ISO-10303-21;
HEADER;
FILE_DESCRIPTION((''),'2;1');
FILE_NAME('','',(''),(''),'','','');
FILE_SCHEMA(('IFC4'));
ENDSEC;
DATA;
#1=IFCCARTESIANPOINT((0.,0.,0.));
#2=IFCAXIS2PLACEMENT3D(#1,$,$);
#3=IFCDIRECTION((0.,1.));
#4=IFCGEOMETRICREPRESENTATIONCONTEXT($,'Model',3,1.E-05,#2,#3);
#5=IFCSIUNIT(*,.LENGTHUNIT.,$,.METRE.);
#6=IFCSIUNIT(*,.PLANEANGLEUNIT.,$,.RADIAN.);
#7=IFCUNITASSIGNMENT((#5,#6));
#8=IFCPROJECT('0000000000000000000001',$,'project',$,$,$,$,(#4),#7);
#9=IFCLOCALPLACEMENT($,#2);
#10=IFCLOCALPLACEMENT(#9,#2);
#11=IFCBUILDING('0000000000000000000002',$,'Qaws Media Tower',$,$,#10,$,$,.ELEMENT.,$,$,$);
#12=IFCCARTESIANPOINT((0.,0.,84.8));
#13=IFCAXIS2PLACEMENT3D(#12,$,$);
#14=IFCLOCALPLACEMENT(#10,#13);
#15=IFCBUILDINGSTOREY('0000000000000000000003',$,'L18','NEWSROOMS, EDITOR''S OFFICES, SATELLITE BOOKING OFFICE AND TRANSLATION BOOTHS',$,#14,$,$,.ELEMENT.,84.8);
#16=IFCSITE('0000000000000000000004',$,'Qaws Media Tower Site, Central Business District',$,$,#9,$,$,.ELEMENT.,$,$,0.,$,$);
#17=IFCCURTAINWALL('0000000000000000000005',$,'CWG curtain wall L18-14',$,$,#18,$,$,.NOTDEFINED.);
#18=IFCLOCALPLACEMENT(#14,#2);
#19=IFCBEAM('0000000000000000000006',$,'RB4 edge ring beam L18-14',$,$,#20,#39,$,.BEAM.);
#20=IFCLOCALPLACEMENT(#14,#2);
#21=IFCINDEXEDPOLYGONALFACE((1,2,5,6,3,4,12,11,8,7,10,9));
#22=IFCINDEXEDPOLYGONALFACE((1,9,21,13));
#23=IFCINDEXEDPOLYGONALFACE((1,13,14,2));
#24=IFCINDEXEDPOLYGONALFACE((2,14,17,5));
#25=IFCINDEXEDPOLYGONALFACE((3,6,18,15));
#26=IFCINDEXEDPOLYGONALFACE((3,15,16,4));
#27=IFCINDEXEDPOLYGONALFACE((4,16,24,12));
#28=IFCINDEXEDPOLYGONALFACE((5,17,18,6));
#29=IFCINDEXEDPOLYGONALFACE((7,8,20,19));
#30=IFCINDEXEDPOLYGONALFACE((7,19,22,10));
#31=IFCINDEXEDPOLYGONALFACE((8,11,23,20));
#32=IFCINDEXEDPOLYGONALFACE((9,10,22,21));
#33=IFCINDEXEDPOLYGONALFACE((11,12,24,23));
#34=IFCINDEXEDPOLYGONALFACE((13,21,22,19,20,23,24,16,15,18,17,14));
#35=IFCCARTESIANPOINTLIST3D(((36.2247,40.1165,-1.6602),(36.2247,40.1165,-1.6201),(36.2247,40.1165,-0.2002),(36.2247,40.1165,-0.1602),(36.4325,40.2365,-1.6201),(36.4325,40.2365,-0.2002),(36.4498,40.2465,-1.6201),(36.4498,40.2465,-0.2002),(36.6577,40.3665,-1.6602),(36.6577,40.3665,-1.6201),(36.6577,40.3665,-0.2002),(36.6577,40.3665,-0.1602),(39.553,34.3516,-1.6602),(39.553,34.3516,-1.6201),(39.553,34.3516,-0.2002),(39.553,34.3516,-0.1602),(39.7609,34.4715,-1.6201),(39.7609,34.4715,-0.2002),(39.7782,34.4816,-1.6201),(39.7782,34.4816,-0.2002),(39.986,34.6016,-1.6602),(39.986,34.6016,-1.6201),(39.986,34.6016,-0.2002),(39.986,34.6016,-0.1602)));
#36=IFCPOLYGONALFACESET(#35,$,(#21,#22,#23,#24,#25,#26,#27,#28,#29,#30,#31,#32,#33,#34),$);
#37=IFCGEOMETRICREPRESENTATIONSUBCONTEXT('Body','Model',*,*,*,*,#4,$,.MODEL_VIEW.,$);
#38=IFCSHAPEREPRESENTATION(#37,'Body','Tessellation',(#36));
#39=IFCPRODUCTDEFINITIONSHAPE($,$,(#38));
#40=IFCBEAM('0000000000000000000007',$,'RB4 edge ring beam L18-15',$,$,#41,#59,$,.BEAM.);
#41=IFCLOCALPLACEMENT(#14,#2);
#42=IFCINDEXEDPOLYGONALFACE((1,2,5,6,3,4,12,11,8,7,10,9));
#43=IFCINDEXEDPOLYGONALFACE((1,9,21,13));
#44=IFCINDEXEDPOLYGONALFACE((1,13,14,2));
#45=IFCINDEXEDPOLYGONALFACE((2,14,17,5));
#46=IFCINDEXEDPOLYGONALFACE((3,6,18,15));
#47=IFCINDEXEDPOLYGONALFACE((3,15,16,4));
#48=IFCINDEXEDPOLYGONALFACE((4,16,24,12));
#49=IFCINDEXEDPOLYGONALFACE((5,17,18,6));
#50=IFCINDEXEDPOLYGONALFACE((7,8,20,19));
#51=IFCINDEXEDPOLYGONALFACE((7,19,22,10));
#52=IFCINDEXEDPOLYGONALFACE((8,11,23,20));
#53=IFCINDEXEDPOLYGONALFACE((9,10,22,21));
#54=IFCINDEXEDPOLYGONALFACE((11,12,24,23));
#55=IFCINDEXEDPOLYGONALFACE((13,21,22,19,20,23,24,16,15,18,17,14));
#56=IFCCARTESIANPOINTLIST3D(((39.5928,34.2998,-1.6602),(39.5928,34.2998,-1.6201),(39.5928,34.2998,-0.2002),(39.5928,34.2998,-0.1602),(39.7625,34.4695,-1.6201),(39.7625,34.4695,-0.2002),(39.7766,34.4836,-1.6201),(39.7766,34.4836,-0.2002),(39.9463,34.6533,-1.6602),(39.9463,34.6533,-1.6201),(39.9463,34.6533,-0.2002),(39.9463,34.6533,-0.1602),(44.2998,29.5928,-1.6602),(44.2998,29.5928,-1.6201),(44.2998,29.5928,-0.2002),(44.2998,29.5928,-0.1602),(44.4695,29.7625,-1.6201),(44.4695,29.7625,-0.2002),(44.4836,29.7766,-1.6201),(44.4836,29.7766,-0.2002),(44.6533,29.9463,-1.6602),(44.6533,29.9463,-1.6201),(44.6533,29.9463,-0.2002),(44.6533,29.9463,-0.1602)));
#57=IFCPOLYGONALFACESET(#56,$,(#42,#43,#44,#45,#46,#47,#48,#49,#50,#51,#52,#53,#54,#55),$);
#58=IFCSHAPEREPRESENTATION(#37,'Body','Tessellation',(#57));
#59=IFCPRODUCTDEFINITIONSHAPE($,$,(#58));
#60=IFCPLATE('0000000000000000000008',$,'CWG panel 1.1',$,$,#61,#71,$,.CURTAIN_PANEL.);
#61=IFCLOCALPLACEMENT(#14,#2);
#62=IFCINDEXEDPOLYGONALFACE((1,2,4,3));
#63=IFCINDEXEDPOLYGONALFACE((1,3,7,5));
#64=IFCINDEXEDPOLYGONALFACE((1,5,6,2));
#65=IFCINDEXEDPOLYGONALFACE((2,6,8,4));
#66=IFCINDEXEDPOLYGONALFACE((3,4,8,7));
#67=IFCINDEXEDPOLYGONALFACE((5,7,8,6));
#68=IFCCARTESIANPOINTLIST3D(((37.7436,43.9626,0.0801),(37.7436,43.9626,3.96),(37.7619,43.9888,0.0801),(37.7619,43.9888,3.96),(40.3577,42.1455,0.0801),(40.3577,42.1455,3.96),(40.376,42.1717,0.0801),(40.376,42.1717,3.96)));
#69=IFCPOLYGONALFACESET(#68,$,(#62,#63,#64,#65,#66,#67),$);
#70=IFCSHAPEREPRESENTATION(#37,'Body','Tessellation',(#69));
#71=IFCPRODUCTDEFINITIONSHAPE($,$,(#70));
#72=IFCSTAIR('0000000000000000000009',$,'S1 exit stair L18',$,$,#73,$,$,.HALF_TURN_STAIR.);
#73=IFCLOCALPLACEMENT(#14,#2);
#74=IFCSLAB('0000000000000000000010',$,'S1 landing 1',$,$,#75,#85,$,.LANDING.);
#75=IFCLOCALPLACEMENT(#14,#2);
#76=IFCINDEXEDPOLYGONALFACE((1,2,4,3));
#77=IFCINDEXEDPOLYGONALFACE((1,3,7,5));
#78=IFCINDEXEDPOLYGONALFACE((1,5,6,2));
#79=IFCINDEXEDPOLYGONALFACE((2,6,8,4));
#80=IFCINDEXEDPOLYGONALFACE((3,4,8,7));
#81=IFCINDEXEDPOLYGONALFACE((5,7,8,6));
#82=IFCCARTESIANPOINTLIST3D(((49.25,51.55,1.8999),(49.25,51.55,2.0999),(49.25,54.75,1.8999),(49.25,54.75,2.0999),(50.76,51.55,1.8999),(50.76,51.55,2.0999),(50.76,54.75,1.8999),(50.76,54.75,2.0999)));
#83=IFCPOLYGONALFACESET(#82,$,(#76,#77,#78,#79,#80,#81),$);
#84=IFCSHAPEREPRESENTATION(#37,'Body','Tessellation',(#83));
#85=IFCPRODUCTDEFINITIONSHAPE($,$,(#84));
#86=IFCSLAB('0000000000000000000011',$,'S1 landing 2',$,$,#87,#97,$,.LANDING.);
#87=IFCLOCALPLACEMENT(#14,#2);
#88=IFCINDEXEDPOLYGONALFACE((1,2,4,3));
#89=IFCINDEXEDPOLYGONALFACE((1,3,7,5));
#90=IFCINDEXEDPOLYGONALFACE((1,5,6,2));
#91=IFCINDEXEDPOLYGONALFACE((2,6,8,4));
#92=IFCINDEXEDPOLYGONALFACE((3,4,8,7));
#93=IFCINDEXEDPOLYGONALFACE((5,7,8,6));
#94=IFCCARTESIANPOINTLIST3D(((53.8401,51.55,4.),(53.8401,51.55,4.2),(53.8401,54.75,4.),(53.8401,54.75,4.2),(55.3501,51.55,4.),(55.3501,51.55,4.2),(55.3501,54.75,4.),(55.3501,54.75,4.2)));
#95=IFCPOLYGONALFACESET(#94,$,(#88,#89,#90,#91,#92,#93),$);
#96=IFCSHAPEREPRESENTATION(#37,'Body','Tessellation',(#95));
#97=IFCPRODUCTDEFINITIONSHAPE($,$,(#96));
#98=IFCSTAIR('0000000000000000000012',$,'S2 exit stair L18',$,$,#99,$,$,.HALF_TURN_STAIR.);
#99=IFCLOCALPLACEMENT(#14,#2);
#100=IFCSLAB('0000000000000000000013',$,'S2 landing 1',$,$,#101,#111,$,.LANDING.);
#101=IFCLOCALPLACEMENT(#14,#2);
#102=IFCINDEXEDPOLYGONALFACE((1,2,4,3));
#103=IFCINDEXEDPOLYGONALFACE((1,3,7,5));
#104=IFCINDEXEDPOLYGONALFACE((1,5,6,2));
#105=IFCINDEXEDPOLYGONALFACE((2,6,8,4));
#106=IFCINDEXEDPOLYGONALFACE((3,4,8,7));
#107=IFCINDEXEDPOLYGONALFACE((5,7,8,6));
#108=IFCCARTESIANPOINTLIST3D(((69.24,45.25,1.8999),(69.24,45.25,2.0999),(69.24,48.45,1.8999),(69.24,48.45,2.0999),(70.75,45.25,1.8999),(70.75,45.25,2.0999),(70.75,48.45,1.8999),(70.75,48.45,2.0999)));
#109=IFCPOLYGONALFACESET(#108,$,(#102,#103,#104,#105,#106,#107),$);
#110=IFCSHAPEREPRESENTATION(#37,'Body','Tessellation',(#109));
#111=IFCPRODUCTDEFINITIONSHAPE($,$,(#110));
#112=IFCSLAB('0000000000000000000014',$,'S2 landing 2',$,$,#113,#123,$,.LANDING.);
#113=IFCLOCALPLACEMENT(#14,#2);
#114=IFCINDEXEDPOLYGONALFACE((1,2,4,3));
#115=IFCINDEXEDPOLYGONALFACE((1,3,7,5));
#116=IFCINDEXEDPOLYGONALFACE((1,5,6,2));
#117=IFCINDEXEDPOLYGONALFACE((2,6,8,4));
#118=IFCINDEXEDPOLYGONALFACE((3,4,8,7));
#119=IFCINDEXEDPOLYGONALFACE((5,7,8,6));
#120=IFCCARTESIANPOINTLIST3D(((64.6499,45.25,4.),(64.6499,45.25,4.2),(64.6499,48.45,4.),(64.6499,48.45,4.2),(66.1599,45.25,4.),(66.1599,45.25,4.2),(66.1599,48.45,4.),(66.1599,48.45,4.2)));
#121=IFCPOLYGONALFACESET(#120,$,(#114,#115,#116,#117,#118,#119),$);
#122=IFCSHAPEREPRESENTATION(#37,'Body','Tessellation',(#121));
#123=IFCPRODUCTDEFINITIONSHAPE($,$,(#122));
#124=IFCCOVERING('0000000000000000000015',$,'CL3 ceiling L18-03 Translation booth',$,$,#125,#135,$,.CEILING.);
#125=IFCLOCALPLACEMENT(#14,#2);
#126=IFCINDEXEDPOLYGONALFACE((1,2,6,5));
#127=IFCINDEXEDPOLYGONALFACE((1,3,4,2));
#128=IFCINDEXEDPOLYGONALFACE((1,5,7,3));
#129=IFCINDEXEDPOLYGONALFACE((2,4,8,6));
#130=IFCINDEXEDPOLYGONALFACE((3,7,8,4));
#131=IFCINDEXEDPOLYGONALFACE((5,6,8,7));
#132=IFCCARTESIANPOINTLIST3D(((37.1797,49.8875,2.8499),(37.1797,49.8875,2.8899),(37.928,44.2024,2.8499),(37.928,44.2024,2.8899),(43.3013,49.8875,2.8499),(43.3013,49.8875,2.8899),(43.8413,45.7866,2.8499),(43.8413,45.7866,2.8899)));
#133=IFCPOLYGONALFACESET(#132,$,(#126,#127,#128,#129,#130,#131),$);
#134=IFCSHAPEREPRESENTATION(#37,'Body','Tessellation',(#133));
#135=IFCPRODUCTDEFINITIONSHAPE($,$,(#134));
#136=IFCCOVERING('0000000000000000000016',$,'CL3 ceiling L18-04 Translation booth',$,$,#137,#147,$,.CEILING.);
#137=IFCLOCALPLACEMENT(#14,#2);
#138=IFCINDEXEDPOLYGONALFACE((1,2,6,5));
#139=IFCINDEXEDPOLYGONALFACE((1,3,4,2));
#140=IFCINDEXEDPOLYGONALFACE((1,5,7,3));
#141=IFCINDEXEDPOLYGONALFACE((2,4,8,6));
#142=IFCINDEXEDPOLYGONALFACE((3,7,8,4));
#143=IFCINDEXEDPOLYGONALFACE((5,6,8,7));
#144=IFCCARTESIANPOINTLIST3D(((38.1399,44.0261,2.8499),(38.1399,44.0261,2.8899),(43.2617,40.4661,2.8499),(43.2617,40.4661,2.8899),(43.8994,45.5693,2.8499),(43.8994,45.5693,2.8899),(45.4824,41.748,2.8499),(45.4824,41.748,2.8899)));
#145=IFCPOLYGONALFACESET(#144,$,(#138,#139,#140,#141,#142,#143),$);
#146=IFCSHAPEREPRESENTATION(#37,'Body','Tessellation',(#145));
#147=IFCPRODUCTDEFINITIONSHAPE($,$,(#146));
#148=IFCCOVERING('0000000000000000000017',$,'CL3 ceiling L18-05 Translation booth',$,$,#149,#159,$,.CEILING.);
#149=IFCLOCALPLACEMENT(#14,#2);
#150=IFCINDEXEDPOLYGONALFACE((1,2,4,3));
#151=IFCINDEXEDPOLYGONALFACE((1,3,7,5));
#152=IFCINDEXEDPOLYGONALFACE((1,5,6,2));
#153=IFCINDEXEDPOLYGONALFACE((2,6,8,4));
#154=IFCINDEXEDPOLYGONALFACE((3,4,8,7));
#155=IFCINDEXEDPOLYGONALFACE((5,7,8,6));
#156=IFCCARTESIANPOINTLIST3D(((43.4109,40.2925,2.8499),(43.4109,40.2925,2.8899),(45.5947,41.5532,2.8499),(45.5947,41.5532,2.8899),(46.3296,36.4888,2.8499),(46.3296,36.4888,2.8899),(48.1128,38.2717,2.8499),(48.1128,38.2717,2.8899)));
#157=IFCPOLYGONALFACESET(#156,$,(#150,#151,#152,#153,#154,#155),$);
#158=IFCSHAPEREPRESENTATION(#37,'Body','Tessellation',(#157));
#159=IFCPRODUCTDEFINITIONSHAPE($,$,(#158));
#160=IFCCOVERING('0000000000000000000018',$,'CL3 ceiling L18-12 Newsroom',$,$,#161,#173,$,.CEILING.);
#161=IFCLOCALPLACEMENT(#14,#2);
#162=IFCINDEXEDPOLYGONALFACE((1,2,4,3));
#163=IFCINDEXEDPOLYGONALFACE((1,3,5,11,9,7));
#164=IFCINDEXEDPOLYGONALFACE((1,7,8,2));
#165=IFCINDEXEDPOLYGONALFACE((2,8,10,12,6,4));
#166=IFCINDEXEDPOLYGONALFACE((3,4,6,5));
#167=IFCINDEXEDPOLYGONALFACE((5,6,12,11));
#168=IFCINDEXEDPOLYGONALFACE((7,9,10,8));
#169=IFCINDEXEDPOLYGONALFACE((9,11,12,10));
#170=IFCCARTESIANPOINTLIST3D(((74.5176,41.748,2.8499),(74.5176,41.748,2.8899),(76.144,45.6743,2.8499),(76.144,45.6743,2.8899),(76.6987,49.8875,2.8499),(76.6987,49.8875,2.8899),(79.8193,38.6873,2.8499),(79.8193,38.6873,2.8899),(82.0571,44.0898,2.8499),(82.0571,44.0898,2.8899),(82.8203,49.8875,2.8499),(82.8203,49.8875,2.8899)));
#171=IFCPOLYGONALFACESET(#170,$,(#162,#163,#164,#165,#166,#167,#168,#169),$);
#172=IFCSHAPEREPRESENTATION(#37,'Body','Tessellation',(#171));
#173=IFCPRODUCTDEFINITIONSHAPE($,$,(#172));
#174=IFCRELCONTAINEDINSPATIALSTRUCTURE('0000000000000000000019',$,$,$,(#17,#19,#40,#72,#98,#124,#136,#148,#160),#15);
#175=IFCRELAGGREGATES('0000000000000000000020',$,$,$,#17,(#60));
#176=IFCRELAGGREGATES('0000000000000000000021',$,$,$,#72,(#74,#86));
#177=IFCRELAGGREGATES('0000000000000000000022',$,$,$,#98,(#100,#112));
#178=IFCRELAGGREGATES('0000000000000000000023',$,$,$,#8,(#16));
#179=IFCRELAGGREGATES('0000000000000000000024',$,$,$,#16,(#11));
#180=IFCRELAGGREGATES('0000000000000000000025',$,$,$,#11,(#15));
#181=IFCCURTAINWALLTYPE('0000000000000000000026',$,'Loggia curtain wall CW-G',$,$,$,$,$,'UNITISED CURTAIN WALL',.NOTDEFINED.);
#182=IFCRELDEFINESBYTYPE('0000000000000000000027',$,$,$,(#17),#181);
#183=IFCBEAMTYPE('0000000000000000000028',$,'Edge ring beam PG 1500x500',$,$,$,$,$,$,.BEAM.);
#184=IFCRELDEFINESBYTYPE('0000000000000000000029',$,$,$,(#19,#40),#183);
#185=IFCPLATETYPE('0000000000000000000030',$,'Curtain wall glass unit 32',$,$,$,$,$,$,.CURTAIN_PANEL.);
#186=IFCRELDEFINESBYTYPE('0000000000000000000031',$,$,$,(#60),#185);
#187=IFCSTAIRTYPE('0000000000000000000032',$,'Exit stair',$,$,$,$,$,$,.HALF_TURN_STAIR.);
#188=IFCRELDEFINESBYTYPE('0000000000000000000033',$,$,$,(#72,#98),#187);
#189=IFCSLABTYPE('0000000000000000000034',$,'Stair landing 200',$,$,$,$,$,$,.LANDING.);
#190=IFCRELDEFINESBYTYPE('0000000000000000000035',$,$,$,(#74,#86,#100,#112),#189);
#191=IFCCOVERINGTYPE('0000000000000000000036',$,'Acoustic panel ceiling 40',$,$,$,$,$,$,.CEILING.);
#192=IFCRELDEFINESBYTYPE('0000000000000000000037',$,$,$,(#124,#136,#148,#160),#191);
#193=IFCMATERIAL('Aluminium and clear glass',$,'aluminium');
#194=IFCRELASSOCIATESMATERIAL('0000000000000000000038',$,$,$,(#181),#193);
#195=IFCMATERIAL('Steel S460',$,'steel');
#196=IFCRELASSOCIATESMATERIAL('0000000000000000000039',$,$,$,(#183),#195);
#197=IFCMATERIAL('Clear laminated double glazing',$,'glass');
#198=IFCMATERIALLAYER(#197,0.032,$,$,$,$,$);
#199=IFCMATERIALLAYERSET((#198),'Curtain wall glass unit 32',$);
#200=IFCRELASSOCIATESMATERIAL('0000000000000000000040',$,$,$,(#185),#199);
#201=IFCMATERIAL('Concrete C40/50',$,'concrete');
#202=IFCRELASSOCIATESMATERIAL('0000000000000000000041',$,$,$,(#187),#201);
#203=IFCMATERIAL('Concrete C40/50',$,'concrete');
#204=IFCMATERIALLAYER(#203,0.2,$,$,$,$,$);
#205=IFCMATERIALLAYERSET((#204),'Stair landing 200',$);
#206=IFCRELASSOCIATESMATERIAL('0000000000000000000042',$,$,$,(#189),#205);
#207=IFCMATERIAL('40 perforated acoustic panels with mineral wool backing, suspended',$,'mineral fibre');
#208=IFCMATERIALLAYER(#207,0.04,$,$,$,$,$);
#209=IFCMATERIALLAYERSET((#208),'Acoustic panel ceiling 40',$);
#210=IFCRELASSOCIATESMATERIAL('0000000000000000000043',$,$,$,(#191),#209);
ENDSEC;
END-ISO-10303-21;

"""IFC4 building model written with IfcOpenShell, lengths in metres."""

from ifc_helpers import new_model, si_unit, direction, frame, origin, origin_2d, place, context, subcontext, project, spatial, polyline, rectangle, i_section, outline, extrude, material, layer, layer_set, material_profile, profile_set, type_object, element, aggregate, save


model = new_model("IFC4")

# Units and contexts
model_context = context("Model", 3, precision=1e-05, world=origin(), true_north=direction((0.0, 1.0)))
body_context = subcontext(model_context, "Body", "Model", "MODEL_VIEW")
ifc_project = project(units=[si_unit("LENGTHUNIT", "METRE"), si_unit("PLANEANGLEUNIT", "RADIAN")], contexts=[model_context])

# Site, building, storey
site_placement = place(None, origin())
site = spatial("IfcSite", under=ifc_project, at=site_placement, Name="Qaws Media Tower Site, Central Business District", CompositionType="ELEMENT", RefElevation=0.0)
building_placement = place(site_placement, origin())
building = spatial("IfcBuilding", under=site, at=building_placement, Name="Qaws Media Tower", CompositionType="ELEMENT")
storey_placement = place(building_placement, frame((0.0, 0.0, 84.8)))
storey = spatial("IfcBuildingStorey", under=building, at=storey_placement, Name="L18", Description="NEWSROOMS, EDITOR'S OFFICES, SATELLITE BOOKING OFFICE AND TRANSLATION BOOTHS", CompositionType="ELEMENT", Elevation=84.8)

# Curtain wall
ifc_material_1 = material(Name="Aluminium and clear glass", Category="aluminium")
curtain_wall_type = type_object("IfcCurtainWallType", Name="Loggia curtain wall CW-G", ElementType="UNITISED CURTAIN WALL", PredefinedType="NOTDEFINED", material=ifc_material_1)
curtain_wall_placement = place(storey_placement, origin())
curtain_wall = element("IfcCurtainWall", 1, at=curtain_wall_placement, inside=storey, type_object=curtain_wall_type, Name="CWG curtain wall L18-14", PredefinedType="NOTDEFINED")

# Beams
ifc_material_2 = material(Name="Steel S460", Category="steel")
ifc_material_profile_1 = material_profile(ifc_material_2, i_section(OverallWidth=0.5, OverallDepth=1.5, WebThickness=0.02, FlangeThickness=0.04, at=origin_2d()), Name="PG 1500x500")
ifc_profile_set_1 = profile_set([ifc_material_profile_1], Name="Steel S460")
beam_type = type_object("IfcBeamType", Name="Edge ring beam PG 1500x500", PredefinedType="BEAM", material=ifc_profile_set_1)
for number, where, z_axis, x_axis, name in (
    (2, (36.4412, 40.2415, -0.9102), (0.500001, -0.866025, 0.0), (0.866025, 0.500001, 0.0), "RB4 edge ring beam L18-14"),
    (3, (39.7695, 34.4766, -0.9102), (0.707107, -0.707107, 0.0), (0.707107, 0.707107, 0.0), "RB4 edge ring beam L18-15"),
):
    element("IfcBeam", number, at=place(storey_placement, frame(where, z_axis=z_axis, x_axis=x_axis)), inside=storey, type_object=beam_type, Name=name, PredefinedType="BEAM", context=body_context, shape_type="SweptSolid", body=[
        extrude(i_section(OverallWidth=0.5, OverallDepth=1.5, WebThickness=0.02, FlangeThickness=0.04, at=origin_2d()), origin(), (0.0, 0.0, 1.0), 6.6567),
    ])

# Plate
ifc_material_3 = material(Name="Clear laminated double glazing", Category="glass")
ifc_layer_1 = layer(ifc_material_3, 0.032)
ifc_layer_set_1 = layer_set([ifc_layer_1], Name="Curtain wall glass unit 32")
plate_type = type_object("IfcPlateType", Name="Curtain wall glass unit 32", PredefinedType="CURTAIN_PANEL", material=ifc_layer_set_1)
plate_placement = place(storey_placement, frame((39.0598, 43.0671, 0.0801), z_axis=(0.0, 0.0, 1.0), x_axis=(0.821111, -0.570768, 0.0)))
plate = element("IfcPlate", 4, at=plate_placement, type_object=plate_type, Name="CWG panel 1.1", PredefinedType="CURTAIN_PANEL", context=body_context, shape_type="SweptSolid", body=[
    extrude(rectangle(XDim=3.1836, YDim=0.032, at=origin_2d()), origin(), (0.0, 0.0, 1.0), 3.8799),
])
aggregate(curtain_wall, [plate])

# Stairs, slabs
ifc_material_4 = material(Name="Concrete C40/50", Category="concrete")
stair_type = type_object("IfcStairType", Name="Exit stair", PredefinedType="HALF_TURN_STAIR", material=ifc_material_4)
stair_1_placement = place(storey_placement, origin())
stair_1 = element("IfcStair", 5, at=stair_1_placement, inside=storey, type_object=stair_type, Name="S1 exit stair L18", PredefinedType="HALF_TURN_STAIR")
ifc_material_5 = material(Name="Concrete C40/50", Category="concrete")
ifc_layer_2 = layer(ifc_material_5, 0.2)
ifc_layer_set_2 = layer_set([ifc_layer_2], Name="Stair landing 200")
slab_type = type_object("IfcSlabType", Name="Stair landing 200", PredefinedType="LANDING", material=ifc_layer_set_2)
slab_1_placement = place(storey_placement, frame((0.0, 0.0, 1.8999)))
slab_1 = element("IfcSlab", 6, at=slab_1_placement, type_object=slab_type, Name="S1 landing 1", PredefinedType="LANDING", context=body_context, shape_type="SweptSolid", body=[
    extrude(outline(polyline([(49.25, 51.55), (50.76, 51.55), (50.76, 54.75), (49.25, 54.75), (49.25, 51.55)])), origin(), (0.0, 0.0, 1.0), 0.2),
])
slab_2_placement = place(storey_placement, frame((0.0, 0.0, 4.0)))
slab_2 = element("IfcSlab", 7, at=slab_2_placement, type_object=slab_type, Name="S1 landing 2", PredefinedType="LANDING", context=body_context, shape_type="SweptSolid", body=[
    extrude(outline(polyline([(53.8401, 51.55), (55.3501, 51.55), (55.3501, 54.75), (53.8401, 54.75), (53.8401, 51.55)])), origin(), (0.0, 0.0, 1.0), 0.2),
])
aggregate(stair_1, [slab_1, slab_2])
stair_2_placement = place(storey_placement, origin())
stair_2 = element("IfcStair", 8, at=stair_2_placement, inside=storey, type_object=stair_type, Name="S2 exit stair L18", PredefinedType="HALF_TURN_STAIR")
slab_3_placement = place(storey_placement, frame((0.0, 0.0, 1.8999)))
slab_3 = element("IfcSlab", 9, at=slab_3_placement, type_object=slab_type, Name="S2 landing 1", PredefinedType="LANDING", context=body_context, shape_type="SweptSolid", body=[
    extrude(outline(polyline([(69.24, 45.25), (70.75, 45.25), (70.75, 48.45), (69.24, 48.45), (69.24, 45.25)])), origin(), (0.0, 0.0, 1.0), 0.2),
])
slab_4_placement = place(storey_placement, frame((0.0, 0.0, 4.0)))
slab_4 = element("IfcSlab", 10, at=slab_4_placement, type_object=slab_type, Name="S2 landing 2", PredefinedType="LANDING", context=body_context, shape_type="SweptSolid", body=[
    extrude(outline(polyline([(64.6499, 45.25), (66.1599, 45.25), (66.1599, 48.45), (64.6499, 48.45), (64.6499, 45.25)])), origin(), (0.0, 0.0, 1.0), 0.2),
])
aggregate(stair_2, [slab_3, slab_4])

# Coverings
ifc_material_6 = material(Name="40 perforated acoustic panels with mineral wool backing, suspended", Category="mineral fibre")
ifc_layer_3 = layer(ifc_material_6, 0.04)
ifc_layer_set_3 = layer_set([ifc_layer_3], Name="Acoustic panel ceiling 40")
covering_type_1 = type_object("IfcCoveringType", Name="Acoustic panel ceiling 40", PredefinedType="CEILING", material=ifc_layer_set_3)
covering_1_placement = place(storey_placement, frame((0.0, 0.0, 2.8499)))
element("IfcCovering", 11, at=covering_1_placement, inside=storey, type_object=covering_type_1, Name="CL3 ceiling L18-03 Translation booth", PredefinedType="CEILING", context=body_context, shape_type="SweptSolid", body=[
    extrude(outline(polyline([(37.1797, 49.8875), (43.3013, 49.8875), (43.8413, 45.7866), (37.928, 44.2024), (37.1797, 49.8875)])), origin(), (0.0, 0.0, 1.0), 0.04),
])
covering_2_placement = place(storey_placement, frame((0.0, 0.0, 2.8499)))
element("IfcCovering", 12, at=covering_2_placement, inside=storey, type_object=covering_type_1, Name="CL3 ceiling L18-04 Translation booth", PredefinedType="CEILING", context=body_context, shape_type="SweptSolid", body=[
    extrude(outline(polyline([(38.1399, 44.0261), (43.8994, 45.5693), (45.4824, 41.748), (43.2617, 40.4661), (38.1399, 44.0261)])), origin(), (0.0, 0.0, 1.0), 0.04),
])
covering_3_placement = place(storey_placement, frame((0.0, 0.0, 2.8499)))
element("IfcCovering", 13, at=covering_3_placement, inside=storey, type_object=covering_type_1, Name="CL3 ceiling L18-05 Translation booth", PredefinedType="CEILING", context=body_context, shape_type="SweptSolid", body=[
    extrude(outline(polyline([(43.4109, 40.2925), (45.5947, 41.5532), (48.1128, 38.2717), (46.3296, 36.4888), (43.4109, 40.2925)])), origin(), (0.0, 0.0, 1.0), 0.04),
])
covering_4_placement = place(storey_placement, frame((0.0, 0.0, 2.8499)))
element("IfcCovering", 14, at=covering_4_placement, inside=storey, type_object=covering_type_1, Name="CL3 ceiling L18-12 Newsroom", PredefinedType="CEILING", context=body_context, shape_type="SweptSolid", body=[
    extrude(outline(polyline([(76.144, 45.6743), (76.6987, 49.8875), (82.8203, 49.8875), (82.0571, 44.0898), (79.8193, 38.6873), (74.5176, 41.748), (76.144, 45.6743)])), origin(), (0.0, 0.0, 1.0), 0.04),
])

save(model, "model.ifc")
